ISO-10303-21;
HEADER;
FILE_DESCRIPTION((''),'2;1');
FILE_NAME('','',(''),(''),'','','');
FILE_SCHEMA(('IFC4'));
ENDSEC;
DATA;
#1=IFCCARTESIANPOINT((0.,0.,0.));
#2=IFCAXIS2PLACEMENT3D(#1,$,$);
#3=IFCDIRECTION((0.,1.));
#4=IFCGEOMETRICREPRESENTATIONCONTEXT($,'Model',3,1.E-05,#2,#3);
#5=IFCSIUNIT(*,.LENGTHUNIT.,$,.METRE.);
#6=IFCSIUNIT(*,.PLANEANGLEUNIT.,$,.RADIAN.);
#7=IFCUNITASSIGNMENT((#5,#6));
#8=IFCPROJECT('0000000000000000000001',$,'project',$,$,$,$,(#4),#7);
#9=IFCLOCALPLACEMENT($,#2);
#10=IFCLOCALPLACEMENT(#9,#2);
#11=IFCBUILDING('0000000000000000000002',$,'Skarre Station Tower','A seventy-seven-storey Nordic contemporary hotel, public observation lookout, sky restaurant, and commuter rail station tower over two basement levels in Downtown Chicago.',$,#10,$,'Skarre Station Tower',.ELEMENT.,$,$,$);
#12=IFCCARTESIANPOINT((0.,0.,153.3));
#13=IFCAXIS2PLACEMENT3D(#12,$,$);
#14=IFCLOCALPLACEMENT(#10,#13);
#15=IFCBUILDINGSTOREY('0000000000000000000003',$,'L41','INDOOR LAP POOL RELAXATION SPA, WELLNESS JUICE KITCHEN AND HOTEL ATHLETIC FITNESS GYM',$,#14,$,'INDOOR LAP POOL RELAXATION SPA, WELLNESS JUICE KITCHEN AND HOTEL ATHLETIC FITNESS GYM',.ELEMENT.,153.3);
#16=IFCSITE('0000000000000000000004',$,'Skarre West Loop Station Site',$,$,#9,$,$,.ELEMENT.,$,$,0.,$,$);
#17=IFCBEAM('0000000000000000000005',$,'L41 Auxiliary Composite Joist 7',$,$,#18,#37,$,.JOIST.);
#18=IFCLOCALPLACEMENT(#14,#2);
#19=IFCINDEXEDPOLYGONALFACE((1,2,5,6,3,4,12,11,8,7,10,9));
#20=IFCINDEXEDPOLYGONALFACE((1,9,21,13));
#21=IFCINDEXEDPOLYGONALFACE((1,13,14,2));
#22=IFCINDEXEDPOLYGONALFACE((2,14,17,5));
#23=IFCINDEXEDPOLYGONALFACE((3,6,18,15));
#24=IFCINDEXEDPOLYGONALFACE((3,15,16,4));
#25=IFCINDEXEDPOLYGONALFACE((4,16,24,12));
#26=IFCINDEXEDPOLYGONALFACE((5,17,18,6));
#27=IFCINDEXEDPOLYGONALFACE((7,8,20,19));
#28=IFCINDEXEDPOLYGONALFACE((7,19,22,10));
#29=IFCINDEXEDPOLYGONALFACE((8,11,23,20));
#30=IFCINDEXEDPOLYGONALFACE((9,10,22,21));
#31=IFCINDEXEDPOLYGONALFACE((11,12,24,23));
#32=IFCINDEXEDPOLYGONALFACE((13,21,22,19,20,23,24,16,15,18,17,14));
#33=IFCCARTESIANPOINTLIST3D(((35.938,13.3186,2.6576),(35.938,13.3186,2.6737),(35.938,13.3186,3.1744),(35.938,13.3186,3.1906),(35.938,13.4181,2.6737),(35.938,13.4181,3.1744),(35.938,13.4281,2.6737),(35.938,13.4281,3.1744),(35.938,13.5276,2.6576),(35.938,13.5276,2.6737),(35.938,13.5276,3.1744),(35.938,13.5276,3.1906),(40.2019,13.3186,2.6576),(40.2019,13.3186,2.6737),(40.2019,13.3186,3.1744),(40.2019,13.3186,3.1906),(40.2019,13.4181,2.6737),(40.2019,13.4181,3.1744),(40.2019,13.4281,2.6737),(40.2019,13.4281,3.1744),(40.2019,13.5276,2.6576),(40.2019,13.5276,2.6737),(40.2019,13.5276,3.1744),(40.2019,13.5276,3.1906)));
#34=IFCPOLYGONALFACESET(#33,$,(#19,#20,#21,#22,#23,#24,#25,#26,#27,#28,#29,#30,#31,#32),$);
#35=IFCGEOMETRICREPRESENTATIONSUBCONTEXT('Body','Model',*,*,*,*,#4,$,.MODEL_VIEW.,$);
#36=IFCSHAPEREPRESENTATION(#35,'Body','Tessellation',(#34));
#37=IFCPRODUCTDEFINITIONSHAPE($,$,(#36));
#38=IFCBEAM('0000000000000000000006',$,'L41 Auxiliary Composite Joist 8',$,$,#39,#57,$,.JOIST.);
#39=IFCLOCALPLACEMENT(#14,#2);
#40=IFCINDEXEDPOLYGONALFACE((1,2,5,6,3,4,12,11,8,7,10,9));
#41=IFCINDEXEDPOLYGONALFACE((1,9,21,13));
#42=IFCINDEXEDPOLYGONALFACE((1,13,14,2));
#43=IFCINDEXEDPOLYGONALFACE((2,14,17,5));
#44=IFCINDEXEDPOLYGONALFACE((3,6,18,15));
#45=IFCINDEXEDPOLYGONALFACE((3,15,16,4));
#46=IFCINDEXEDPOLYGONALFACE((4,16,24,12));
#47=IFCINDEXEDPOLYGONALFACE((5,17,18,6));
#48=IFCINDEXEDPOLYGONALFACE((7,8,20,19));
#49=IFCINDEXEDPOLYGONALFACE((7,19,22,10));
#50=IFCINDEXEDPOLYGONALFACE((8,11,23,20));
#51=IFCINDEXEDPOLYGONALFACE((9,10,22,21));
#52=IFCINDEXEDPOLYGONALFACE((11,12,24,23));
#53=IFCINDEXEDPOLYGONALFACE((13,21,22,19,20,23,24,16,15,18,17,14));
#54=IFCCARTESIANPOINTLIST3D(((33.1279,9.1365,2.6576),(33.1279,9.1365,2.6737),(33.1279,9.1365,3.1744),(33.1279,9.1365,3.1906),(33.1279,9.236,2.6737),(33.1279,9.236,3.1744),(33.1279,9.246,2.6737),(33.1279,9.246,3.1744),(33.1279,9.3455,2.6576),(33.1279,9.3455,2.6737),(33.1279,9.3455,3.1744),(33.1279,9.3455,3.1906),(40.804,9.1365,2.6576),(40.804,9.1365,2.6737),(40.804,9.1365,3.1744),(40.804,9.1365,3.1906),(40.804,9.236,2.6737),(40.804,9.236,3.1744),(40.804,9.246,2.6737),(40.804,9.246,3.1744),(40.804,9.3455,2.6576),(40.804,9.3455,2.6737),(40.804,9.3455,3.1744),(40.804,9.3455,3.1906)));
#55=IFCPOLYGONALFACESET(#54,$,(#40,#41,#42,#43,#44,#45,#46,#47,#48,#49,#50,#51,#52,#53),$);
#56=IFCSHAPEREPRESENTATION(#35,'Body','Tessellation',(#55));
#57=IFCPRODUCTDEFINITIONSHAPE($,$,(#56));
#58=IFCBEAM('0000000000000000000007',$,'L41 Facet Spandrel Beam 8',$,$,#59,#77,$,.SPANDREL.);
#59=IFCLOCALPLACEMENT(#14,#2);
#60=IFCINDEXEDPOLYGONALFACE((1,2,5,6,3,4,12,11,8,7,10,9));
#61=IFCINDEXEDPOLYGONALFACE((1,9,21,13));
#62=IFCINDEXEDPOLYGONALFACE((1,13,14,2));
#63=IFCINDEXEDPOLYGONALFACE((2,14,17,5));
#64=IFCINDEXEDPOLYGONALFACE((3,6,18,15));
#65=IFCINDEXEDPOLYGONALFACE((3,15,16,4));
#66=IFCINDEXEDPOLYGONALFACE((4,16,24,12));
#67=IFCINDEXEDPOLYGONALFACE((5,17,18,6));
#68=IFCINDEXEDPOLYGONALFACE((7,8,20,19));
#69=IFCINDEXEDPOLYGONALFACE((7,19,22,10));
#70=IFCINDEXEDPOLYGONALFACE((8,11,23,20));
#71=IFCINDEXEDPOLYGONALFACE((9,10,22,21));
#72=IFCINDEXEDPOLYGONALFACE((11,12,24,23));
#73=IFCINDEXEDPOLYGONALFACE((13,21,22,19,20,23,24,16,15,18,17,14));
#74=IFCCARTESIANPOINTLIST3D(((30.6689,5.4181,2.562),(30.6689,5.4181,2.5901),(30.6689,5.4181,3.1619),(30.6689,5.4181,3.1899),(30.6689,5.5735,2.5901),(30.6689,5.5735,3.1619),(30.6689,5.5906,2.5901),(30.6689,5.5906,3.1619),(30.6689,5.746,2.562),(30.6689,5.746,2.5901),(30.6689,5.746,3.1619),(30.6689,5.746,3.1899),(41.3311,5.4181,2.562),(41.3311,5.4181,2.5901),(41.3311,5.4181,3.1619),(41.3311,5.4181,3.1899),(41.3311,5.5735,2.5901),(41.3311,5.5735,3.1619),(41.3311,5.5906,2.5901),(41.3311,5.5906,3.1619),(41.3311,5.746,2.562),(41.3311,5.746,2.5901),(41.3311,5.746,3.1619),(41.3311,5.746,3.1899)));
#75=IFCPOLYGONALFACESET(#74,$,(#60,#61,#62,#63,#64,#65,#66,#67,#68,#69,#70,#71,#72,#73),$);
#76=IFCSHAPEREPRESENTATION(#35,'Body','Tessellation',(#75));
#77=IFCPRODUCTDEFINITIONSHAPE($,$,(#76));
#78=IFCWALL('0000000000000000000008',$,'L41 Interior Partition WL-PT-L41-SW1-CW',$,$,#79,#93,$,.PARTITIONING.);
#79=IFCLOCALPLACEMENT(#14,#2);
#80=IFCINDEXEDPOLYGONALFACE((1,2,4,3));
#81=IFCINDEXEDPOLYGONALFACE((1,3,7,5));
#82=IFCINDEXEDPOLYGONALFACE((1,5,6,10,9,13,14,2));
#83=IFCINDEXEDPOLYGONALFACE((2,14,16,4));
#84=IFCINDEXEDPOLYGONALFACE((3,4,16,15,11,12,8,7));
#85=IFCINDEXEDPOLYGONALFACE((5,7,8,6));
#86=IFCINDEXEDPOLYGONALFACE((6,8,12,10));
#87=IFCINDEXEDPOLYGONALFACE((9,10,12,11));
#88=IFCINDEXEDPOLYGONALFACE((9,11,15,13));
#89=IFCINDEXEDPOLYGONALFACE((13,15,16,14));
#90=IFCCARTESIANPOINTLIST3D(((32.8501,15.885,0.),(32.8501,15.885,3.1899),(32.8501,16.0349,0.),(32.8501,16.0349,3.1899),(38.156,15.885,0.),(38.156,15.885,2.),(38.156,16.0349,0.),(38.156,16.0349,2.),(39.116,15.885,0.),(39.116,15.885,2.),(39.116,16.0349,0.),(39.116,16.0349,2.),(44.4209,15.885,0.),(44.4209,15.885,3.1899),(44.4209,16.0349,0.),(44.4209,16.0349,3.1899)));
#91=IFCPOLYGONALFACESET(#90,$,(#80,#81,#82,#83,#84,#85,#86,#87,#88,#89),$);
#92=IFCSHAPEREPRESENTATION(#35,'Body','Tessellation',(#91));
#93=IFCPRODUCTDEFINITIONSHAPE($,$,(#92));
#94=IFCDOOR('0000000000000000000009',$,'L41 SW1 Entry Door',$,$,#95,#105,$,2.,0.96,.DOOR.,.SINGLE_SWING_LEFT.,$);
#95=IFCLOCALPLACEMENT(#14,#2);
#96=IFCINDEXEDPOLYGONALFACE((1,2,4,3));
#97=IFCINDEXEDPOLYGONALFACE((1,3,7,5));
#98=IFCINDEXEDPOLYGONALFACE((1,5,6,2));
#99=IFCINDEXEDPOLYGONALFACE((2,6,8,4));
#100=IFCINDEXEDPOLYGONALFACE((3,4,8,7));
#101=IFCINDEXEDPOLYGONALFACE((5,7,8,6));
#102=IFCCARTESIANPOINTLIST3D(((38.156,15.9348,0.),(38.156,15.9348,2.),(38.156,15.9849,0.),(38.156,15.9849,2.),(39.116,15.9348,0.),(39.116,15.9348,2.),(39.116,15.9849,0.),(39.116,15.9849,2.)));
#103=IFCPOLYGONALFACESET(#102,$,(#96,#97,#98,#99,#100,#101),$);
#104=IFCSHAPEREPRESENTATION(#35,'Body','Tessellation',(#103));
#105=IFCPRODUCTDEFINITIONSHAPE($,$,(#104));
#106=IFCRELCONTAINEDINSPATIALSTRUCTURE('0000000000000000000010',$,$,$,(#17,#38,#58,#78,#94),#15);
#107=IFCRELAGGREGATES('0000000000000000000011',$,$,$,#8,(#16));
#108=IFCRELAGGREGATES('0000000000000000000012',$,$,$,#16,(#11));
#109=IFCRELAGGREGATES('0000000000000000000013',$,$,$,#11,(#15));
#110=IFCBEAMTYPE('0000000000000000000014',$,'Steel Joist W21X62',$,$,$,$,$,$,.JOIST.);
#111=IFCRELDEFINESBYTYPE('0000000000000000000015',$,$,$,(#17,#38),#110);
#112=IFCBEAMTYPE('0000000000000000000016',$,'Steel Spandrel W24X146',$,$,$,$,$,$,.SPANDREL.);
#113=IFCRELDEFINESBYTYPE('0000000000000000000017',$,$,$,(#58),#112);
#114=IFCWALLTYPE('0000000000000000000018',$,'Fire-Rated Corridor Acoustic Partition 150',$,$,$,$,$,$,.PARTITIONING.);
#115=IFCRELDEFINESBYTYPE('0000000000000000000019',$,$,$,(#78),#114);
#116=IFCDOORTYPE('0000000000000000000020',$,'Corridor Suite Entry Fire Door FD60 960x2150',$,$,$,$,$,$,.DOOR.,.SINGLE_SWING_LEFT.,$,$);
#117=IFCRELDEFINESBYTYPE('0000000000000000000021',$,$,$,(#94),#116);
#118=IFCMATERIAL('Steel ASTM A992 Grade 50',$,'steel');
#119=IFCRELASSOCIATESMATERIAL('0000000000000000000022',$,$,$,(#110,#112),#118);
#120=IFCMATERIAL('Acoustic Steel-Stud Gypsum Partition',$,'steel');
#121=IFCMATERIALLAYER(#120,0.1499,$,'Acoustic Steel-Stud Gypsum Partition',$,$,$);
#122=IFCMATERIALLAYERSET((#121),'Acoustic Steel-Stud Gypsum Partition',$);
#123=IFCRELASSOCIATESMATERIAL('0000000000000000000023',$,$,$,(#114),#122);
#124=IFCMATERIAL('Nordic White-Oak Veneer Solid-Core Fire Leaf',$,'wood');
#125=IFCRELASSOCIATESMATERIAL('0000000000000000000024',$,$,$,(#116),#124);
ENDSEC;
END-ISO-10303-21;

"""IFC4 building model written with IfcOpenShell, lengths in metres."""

from ifc_helpers import new_model, si_unit, direction, frame, frame_2d, origin, origin_2d, place, context, subcontext, project, spatial, rectangle, i_section, extrude, material, layer, layer_set, material_profile, profile_set, type_object, element, fill, save


model = new_model("IFC4")

# Units and contexts
model_context = context("Model", 3, precision=1e-05, world=origin(), true_north=direction((0.0, 1.0)))
body_context = subcontext(model_context, "Body", "Model", "MODEL_VIEW")
ifc_project = project(units=[si_unit("LENGTHUNIT", "METRE"), si_unit("PLANEANGLEUNIT", "RADIAN")], contexts=[model_context])

# Site, building, storey
site_placement = place(None, origin())
site = spatial("IfcSite", under=ifc_project, at=site_placement, Name="Skarre West Loop Station Site", CompositionType="ELEMENT", RefElevation=0.0)
building_placement = place(site_placement, origin())
building = spatial("IfcBuilding", under=site, at=building_placement, Name="Skarre Station Tower", Description="A seventy-seven-storey Nordic contemporary hotel, public observation lookout, sky restaurant, and commuter rail station tower over two basement levels in Downtown Chicago.", LongName="Skarre Station Tower", CompositionType="ELEMENT")
storey_placement = place(building_placement, frame((0.0, 0.0, 153.3)))
storey = spatial("IfcBuildingStorey", under=building, at=storey_placement, Name="L41", Description="INDOOR LAP POOL RELAXATION SPA, WELLNESS JUICE KITCHEN AND HOTEL ATHLETIC FITNESS GYM", LongName="INDOOR LAP POOL RELAXATION SPA, WELLNESS JUICE KITCHEN AND HOTEL ATHLETIC FITNESS GYM", CompositionType="ELEMENT", Elevation=153.3)

# Beams
ifc_material_1 = material(Name="Steel ASTM A992 Grade 50", Category="steel")
ifc_material_profile_1 = material_profile(ifc_material_1, i_section(OverallWidth=0.209, OverallDepth=0.533, WebThickness=0.01, FlangeThickness=0.0161, at=origin_2d()), Name="Steel ASTM A992 Grade 50")
ifc_profile_set_1 = profile_set([ifc_material_profile_1], Name="Steel ASTM A992 Grade 50")
beam_type_1 = type_object("IfcBeamType", Name="Steel Joist W21X62", PredefinedType="JOIST", material=ifc_profile_set_1)
beam_1_placement = place(storey_placement, frame((35.938, 13.4231, 2.9241), z_axis=(1.0, 0.0, 0.0), x_axis=(0.0, 1.0, 0.0)))
element("IfcBeam", 1, at=beam_1_placement, inside=storey, type_object=beam_type_1, Name="L41 Auxiliary Composite Joist 7", PredefinedType="JOIST", context=body_context, shape_type="SweptSolid", body=[
    extrude(i_section(OverallWidth=0.209, OverallDepth=0.533, WebThickness=0.01, FlangeThickness=0.0161, at=origin_2d()), origin(), (0.0, 0.0, 1.0), 4.2639),
])
beam_2_placement = place(storey_placement, frame((33.1279, 9.241, 2.9241), z_axis=(1.0, 0.0, 0.0), x_axis=(0.0, 1.0, 0.0)))
element("IfcBeam", 2, at=beam_2_placement, inside=storey, type_object=beam_type_1, Name="L41 Auxiliary Composite Joist 8", PredefinedType="JOIST", context=body_context, shape_type="SweptSolid", body=[
    extrude(i_section(OverallWidth=0.209, OverallDepth=0.533, WebThickness=0.01, FlangeThickness=0.0161, at=origin_2d()), origin(), (0.0, 0.0, 1.0), 7.676),
])
ifc_material_profile_2 = material_profile(ifc_material_1, i_section(OverallWidth=0.3279, OverallDepth=0.6279, WebThickness=0.0171, FlangeThickness=0.0281, at=origin_2d()), Name="Steel ASTM A992 Grade 50")
ifc_profile_set_2 = profile_set([ifc_material_profile_2], Name="Steel ASTM A992 Grade 50")
beam_type_2 = type_object("IfcBeamType", Name="Steel Spandrel W24X146", PredefinedType="SPANDREL", material=ifc_profile_set_2)
beam_3_placement = place(storey_placement, frame((30.6689, 5.582, 2.876), z_axis=(1.0, 0.0, 0.0), x_axis=(0.0, 1.0, 0.0)))
element("IfcBeam", 3, at=beam_3_placement, inside=storey, type_object=beam_type_2, Name="L41 Facet Spandrel Beam 8", PredefinedType="SPANDREL", context=body_context, shape_type="SweptSolid", body=[
    extrude(i_section(OverallWidth=0.3279, OverallDepth=0.6279, WebThickness=0.0171, FlangeThickness=0.0281, at=origin_2d()), origin(), (0.0, 0.0, 1.0), 10.6621),
])

# Wall, opening, door
ifc_material_2 = material(Name="Acoustic Steel-Stud Gypsum Partition", Category="steel")
ifc_layer_1 = layer(ifc_material_2, 0.1499, Name="Acoustic Steel-Stud Gypsum Partition")
ifc_layer_set_1 = layer_set([ifc_layer_1], Name="Acoustic Steel-Stud Gypsum Partition")
wall_type_1 = type_object("IfcWallType", Name="Fire-Rated Corridor Acoustic Partition 150", PredefinedType="PARTITIONING", material=ifc_layer_set_1)
wall_1_placement = place(storey_placement, frame((32.8501, 15.96, 0.0), z_axis=(0.0, 0.0, 1.0), x_axis=(1.0, 0.0, 0.0)))
wall_1 = element("IfcWall", 4, at=wall_1_placement, inside=storey, type_object=wall_type_1, Name="L41 Interior Partition WL-PT-L41-SW1-CW", PredefinedType="PARTITIONING", context=body_context, shape_type="SweptSolid", body=[
    extrude(rectangle(XDim=11.5708, YDim=0.1499, at=frame_2d((5.7854, 0.0))), origin(), (0.0, 0.0, 1.0), 3.1899),
])
opening_1_placement = place(wall_1_placement, frame((5.3059, 0.0, 0.0)))
opening_1 = element("IfcOpeningElement", 5, at=opening_1_placement, cuts=wall_1, PredefinedType="OPENING", context=body_context, shape_type="SweptSolid", body=[
    extrude(rectangle(XDim=0.96, YDim=2.0, at=frame_2d((0.48, 1.0))), frame((0.0, 0.085, 0.0), z_axis=(0.0, -1.0, 0.0), x_axis=(1.0, 0.0, 0.0)), (0.0, 0.0, 1.0), 0.1699),
])
ifc_material_3 = material(Name="Nordic White-Oak Veneer Solid-Core Fire Leaf", Category="wood")
door_type_1 = type_object("IfcDoorType", Name="Corridor Suite Entry Fire Door FD60 960x2150", OperationType="SINGLE_SWING_LEFT", PredefinedType="DOOR", material=ifc_material_3)
door_1_placement = place(opening_1_placement, origin())
door_1 = element("IfcDoor", 6, at=door_1_placement, inside=storey, type_object=door_type_1, Name="L41 SW1 Entry Door", OperationType="SINGLE_SWING_LEFT", OverallHeight=2.0, OverallWidth=0.96, PredefinedType="DOOR", context=body_context, shape_type="SweptSolid", body=[
    extrude(rectangle(XDim=0.96, YDim=2.0, at=frame_2d((0.48, 1.0))), frame((0.0, 0.0249, 0.0), z_axis=(0.0, -1.0, 0.0), x_axis=(1.0, 0.0, 0.0)), (0.0, 0.0, 1.0), 0.05),
])
fill(opening_1, door_1)

save(model, "model.ifc")
